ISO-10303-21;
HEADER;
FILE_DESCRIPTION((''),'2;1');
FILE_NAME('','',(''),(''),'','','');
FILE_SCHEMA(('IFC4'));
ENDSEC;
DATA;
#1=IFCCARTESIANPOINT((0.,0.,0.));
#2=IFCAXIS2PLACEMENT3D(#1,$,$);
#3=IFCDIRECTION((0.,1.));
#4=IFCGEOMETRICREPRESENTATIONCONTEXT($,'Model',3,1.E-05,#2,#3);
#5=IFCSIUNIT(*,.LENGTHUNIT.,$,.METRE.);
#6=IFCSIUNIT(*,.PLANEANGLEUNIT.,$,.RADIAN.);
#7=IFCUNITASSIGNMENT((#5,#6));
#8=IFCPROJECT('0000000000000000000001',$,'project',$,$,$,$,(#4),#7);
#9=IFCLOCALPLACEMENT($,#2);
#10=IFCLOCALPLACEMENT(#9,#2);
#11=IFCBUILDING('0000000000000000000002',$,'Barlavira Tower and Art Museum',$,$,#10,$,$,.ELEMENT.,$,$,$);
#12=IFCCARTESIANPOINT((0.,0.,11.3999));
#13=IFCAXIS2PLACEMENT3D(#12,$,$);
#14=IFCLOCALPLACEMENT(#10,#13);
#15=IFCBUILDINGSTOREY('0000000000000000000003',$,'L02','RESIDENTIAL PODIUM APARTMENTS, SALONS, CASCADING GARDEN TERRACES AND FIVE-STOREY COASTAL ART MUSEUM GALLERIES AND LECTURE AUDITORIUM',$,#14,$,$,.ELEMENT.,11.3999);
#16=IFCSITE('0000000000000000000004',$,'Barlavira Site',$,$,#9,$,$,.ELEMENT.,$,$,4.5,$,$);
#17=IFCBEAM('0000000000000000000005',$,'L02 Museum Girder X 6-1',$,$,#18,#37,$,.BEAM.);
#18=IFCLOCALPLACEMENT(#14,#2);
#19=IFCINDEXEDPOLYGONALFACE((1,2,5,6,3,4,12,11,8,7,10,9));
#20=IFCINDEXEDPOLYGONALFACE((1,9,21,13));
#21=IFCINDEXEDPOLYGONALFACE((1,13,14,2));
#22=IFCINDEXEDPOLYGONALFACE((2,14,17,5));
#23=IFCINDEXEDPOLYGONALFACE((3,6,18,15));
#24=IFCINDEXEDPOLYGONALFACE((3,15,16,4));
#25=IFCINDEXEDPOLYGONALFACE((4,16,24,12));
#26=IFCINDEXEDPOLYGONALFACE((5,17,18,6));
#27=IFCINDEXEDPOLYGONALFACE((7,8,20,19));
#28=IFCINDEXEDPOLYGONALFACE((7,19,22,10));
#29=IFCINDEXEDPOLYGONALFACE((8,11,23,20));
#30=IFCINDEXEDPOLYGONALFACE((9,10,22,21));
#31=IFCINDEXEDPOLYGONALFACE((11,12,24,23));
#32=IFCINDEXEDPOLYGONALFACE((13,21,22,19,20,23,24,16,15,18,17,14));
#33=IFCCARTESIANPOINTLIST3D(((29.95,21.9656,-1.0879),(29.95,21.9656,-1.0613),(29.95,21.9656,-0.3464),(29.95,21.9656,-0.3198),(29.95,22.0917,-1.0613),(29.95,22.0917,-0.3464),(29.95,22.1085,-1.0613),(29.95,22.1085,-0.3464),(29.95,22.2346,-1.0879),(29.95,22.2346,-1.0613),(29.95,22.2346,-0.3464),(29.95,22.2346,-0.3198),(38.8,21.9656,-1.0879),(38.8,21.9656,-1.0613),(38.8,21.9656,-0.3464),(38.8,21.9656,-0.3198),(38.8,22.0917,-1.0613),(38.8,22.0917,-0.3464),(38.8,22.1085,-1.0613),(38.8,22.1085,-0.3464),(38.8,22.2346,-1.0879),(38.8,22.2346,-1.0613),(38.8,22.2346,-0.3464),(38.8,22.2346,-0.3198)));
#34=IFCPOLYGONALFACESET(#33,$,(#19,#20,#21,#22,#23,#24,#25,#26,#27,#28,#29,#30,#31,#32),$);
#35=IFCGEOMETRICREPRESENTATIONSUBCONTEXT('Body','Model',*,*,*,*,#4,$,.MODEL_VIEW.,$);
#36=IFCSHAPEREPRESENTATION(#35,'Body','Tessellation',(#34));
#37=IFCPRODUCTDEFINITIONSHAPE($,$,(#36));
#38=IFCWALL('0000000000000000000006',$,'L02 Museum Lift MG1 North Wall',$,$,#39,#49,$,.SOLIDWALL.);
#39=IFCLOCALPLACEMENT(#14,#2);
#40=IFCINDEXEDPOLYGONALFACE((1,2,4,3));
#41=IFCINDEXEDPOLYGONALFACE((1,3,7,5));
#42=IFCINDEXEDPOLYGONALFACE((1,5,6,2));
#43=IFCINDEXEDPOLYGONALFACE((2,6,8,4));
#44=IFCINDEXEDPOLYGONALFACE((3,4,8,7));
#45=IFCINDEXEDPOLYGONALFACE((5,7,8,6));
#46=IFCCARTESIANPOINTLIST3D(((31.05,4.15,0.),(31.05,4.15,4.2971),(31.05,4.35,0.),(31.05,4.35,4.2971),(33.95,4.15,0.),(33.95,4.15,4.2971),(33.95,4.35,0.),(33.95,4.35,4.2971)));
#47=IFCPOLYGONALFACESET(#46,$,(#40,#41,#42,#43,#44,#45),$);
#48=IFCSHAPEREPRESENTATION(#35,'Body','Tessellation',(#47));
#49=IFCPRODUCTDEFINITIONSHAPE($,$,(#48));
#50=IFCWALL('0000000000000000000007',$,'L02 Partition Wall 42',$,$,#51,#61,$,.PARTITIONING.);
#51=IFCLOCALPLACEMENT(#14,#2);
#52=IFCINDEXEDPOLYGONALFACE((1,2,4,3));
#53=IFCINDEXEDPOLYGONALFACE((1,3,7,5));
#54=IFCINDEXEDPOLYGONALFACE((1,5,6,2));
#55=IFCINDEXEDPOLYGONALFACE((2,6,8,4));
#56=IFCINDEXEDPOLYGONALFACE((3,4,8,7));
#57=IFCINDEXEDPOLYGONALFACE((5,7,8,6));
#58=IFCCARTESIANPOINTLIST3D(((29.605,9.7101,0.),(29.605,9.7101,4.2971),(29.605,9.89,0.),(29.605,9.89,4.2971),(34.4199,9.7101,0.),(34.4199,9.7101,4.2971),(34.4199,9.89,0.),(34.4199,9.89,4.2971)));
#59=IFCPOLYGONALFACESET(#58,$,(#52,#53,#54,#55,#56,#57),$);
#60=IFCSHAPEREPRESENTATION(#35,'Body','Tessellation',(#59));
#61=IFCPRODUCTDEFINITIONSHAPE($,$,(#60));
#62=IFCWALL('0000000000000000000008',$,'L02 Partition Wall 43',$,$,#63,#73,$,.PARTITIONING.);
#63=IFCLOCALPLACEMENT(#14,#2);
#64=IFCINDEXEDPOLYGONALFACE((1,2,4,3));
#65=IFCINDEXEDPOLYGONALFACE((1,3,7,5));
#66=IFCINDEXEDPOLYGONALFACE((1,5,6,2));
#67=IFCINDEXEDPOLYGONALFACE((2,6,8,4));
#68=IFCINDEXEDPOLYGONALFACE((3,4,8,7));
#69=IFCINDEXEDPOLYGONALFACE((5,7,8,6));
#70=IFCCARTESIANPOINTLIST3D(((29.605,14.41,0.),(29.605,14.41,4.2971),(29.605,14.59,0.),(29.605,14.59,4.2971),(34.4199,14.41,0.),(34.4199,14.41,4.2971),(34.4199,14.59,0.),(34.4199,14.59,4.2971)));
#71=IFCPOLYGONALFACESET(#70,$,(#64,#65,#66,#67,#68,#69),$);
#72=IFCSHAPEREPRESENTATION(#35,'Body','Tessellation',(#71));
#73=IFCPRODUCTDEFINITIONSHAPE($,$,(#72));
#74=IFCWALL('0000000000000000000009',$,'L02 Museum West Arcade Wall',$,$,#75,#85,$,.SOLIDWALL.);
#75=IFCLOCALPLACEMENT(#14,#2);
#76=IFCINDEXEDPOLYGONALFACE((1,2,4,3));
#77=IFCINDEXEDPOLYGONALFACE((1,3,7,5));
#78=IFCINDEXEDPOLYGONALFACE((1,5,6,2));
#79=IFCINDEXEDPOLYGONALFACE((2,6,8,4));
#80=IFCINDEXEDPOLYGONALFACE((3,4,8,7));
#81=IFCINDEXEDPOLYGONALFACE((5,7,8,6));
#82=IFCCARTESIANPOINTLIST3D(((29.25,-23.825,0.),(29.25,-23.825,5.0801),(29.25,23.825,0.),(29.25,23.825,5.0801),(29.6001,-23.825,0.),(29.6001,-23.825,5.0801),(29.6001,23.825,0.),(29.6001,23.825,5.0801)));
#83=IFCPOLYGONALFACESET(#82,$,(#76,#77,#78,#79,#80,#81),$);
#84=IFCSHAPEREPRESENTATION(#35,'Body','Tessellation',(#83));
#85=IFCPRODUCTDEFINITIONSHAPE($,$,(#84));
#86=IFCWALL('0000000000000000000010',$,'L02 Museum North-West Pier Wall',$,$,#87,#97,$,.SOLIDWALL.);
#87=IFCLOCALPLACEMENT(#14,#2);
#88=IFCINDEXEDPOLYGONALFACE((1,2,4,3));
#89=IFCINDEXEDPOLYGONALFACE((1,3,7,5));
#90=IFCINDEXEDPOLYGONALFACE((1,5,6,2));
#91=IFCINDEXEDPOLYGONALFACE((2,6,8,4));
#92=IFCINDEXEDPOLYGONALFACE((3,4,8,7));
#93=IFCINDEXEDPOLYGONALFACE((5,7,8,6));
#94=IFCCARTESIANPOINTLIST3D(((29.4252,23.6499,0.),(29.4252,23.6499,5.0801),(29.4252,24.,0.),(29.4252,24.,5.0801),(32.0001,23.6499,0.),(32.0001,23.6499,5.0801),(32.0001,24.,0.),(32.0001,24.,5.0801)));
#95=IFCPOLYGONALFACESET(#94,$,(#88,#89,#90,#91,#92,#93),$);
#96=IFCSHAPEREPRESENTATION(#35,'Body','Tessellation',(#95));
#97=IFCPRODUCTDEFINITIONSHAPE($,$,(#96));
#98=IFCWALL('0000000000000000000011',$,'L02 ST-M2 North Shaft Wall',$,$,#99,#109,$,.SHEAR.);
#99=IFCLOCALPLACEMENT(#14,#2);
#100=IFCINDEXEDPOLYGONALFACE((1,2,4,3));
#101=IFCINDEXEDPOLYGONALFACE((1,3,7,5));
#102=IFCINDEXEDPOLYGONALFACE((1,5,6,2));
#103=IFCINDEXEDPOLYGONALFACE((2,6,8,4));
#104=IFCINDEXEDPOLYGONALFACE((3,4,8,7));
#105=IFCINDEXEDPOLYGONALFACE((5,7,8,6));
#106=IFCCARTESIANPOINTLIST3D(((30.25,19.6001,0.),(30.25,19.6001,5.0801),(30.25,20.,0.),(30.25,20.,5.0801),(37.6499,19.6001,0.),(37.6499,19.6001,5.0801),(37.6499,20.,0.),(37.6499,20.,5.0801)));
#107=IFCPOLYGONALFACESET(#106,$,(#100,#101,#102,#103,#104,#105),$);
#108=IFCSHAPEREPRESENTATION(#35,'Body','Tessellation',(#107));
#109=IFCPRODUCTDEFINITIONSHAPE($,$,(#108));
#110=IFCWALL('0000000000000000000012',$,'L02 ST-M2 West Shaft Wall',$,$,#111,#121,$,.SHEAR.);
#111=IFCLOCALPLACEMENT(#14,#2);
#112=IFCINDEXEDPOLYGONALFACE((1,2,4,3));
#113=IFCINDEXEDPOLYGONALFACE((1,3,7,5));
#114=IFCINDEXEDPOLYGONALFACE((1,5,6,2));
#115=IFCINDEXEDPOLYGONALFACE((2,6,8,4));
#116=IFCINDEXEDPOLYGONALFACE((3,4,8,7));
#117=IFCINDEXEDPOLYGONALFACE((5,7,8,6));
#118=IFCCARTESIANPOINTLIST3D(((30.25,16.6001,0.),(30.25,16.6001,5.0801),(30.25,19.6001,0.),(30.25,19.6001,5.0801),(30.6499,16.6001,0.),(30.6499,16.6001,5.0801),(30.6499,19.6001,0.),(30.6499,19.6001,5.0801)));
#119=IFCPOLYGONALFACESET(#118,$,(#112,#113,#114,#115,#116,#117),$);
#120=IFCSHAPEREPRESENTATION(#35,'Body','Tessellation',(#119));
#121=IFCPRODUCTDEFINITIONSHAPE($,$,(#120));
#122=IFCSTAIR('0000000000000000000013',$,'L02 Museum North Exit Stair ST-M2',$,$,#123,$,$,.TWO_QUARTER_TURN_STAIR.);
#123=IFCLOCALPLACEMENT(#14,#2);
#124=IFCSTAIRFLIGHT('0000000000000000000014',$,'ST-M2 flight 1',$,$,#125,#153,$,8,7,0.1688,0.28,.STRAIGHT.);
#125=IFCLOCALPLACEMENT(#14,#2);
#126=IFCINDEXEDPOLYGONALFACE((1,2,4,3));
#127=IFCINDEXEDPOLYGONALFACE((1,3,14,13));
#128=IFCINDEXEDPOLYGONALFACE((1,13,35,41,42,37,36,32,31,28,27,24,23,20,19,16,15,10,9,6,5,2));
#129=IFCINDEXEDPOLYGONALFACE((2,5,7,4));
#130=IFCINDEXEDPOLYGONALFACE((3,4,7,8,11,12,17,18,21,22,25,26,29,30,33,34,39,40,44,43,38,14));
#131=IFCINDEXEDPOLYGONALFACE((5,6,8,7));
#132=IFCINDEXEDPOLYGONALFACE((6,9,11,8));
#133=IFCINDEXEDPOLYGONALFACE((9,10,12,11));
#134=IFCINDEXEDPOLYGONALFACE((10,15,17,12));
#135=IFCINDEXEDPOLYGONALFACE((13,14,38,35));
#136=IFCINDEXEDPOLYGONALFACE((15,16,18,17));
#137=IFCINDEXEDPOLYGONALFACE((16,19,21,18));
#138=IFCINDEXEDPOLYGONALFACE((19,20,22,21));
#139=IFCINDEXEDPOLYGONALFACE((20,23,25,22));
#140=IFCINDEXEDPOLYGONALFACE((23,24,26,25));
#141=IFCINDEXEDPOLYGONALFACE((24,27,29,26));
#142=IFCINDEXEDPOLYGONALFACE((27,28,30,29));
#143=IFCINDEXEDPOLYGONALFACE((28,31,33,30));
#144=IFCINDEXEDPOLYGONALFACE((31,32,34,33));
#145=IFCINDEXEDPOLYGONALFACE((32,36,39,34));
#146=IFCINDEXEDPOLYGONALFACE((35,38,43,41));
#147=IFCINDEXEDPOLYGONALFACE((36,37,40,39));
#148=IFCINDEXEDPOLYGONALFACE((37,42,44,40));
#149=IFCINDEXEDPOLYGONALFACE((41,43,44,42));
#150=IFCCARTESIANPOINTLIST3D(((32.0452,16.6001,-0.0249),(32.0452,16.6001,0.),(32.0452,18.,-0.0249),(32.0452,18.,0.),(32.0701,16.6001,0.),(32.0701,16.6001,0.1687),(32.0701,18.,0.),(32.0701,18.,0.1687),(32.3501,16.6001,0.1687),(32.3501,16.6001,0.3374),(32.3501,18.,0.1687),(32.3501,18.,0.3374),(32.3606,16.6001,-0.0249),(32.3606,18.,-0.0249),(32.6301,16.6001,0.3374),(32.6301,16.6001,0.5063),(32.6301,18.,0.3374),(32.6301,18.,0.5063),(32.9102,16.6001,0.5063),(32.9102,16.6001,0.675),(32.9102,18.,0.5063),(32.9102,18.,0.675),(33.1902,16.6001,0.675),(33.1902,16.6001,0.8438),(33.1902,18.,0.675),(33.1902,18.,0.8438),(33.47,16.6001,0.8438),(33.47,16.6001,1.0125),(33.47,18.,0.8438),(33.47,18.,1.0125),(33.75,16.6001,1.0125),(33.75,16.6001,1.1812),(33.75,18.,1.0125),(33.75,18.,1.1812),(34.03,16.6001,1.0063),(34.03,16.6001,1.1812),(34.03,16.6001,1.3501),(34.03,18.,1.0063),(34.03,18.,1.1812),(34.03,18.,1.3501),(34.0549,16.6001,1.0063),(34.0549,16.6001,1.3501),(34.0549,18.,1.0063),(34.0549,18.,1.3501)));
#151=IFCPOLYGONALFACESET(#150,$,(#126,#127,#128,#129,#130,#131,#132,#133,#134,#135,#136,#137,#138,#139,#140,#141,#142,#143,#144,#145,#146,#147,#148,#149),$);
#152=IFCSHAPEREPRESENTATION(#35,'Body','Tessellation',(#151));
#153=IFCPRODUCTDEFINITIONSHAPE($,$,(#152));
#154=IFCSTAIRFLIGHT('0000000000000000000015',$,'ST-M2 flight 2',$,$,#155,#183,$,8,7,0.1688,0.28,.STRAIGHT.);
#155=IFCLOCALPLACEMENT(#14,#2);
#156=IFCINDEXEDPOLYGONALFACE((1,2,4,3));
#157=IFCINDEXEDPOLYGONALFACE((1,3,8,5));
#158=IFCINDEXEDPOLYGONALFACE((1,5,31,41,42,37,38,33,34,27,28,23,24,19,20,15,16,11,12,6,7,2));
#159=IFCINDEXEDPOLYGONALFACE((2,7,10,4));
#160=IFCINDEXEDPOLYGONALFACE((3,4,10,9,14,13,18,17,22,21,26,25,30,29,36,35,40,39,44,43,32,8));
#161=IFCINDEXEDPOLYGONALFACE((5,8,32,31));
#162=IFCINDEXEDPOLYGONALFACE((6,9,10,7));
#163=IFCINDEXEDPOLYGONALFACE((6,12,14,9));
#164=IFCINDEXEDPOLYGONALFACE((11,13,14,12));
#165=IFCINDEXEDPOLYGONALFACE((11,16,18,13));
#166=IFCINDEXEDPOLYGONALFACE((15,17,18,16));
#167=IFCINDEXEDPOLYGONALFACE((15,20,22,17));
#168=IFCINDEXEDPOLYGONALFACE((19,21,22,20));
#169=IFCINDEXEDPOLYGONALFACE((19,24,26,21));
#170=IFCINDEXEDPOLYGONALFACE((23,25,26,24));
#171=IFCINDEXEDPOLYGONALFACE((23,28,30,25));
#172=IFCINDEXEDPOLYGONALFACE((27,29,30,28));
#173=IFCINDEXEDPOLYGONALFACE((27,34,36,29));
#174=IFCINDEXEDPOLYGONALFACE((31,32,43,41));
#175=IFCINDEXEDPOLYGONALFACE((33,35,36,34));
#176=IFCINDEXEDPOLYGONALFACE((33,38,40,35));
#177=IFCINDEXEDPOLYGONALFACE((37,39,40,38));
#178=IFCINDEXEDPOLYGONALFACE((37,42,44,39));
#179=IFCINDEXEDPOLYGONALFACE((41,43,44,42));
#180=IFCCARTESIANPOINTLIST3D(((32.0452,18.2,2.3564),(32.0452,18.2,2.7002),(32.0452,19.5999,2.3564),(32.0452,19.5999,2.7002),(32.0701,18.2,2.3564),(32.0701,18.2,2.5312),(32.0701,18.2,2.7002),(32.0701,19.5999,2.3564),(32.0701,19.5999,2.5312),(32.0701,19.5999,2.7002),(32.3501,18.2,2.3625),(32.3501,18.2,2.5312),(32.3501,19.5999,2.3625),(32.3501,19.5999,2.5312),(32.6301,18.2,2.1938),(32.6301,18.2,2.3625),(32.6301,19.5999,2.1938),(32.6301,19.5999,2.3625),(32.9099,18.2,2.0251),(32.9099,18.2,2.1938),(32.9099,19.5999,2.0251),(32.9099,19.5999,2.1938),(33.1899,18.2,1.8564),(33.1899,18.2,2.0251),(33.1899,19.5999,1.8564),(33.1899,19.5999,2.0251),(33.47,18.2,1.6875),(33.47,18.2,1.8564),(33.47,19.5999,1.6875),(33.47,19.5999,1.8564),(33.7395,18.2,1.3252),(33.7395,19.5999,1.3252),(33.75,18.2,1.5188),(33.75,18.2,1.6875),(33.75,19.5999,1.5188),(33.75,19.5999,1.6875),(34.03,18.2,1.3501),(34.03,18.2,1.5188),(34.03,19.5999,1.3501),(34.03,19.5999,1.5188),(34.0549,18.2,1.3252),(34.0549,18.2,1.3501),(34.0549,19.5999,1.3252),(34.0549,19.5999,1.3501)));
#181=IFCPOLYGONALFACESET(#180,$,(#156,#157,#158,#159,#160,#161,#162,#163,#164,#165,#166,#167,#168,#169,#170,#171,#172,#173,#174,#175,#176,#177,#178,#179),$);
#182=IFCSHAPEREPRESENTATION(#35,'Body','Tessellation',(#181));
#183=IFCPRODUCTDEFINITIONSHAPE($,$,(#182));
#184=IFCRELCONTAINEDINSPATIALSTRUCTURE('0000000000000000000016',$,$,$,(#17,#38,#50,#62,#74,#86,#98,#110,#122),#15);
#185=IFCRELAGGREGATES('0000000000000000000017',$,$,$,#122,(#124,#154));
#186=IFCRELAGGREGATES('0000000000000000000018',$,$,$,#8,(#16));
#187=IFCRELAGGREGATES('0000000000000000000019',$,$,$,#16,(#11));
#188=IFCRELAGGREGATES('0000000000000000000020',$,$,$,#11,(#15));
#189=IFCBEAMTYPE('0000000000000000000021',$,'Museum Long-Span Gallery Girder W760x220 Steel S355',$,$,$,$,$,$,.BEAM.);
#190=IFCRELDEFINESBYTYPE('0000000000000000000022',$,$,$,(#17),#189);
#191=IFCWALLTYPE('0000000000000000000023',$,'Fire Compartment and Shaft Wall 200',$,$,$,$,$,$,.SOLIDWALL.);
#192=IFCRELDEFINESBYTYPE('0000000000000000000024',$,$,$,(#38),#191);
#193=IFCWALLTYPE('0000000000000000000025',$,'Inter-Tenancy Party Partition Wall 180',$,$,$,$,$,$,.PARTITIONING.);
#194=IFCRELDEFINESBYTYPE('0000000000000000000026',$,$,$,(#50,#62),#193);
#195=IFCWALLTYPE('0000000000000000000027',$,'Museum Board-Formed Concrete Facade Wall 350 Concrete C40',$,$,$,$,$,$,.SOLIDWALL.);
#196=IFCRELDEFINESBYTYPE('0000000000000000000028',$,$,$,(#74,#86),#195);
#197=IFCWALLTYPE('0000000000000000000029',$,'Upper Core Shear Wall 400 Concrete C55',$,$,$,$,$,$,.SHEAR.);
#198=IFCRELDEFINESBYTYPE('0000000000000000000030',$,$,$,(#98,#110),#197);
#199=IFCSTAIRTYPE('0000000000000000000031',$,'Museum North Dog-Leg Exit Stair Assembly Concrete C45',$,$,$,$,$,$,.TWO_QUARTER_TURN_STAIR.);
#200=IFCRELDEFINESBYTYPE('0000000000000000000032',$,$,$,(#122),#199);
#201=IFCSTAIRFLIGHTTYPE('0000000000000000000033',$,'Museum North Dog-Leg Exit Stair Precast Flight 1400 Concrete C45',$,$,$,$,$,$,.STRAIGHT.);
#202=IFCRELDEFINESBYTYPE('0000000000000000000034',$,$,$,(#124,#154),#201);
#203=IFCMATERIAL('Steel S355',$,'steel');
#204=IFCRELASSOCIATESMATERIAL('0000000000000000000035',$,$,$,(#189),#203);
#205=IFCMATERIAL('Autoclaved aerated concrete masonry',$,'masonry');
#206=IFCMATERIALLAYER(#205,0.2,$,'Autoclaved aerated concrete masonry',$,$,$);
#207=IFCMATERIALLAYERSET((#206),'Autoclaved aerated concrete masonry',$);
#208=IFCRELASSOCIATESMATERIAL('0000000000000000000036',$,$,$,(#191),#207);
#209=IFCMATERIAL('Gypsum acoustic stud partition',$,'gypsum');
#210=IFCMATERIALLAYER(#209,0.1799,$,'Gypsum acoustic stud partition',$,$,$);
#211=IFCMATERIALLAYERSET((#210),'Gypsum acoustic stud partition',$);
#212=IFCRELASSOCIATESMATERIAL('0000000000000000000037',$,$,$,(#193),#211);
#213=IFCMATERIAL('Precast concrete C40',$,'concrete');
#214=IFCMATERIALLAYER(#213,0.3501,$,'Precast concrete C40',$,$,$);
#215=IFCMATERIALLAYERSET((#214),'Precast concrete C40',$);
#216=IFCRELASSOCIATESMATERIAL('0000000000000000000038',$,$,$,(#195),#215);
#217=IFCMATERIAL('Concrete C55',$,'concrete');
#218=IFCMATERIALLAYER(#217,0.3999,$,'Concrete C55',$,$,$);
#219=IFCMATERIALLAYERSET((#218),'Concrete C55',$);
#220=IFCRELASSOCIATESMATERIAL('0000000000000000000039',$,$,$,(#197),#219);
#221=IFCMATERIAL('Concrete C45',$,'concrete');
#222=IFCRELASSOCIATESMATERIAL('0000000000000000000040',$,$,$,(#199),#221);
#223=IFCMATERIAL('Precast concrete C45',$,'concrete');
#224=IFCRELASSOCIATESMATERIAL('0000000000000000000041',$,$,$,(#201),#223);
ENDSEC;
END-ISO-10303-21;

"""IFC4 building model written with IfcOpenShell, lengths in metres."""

from ifc_helpers import new_model, si_unit, direction, frame, frame_2d, origin, origin_2d, place, context, subcontext, project, spatial, polyline, rectangle, i_section, outline, extrude, material, layer, layer_set, material_profile, profile_set, type_object, element, aggregate, save


model = new_model("IFC4")

# Units and contexts
model_context = context("Model", 3, precision=1e-05, world=origin(), true_north=direction((0.0, 1.0)))
body_context = subcontext(model_context, "Body", "Model", "MODEL_VIEW")
ifc_project = project(units=[si_unit("LENGTHUNIT", "METRE"), si_unit("PLANEANGLEUNIT", "RADIAN")], contexts=[model_context])

# Site, building, storey
site_placement = place(None, origin())
site = spatial("IfcSite", under=ifc_project, at=site_placement, Name="Barlavira Site", CompositionType="ELEMENT", RefElevation=4.5)
building_placement = place(site_placement, origin())
building = spatial("IfcBuilding", under=site, at=building_placement, Name="Barlavira Tower and Art Museum", CompositionType="ELEMENT")
storey_placement = place(building_placement, frame((0.0, 0.0, 11.3999)))
storey = spatial("IfcBuildingStorey", under=building, at=storey_placement, Name="L02", Description="RESIDENTIAL PODIUM APARTMENTS, SALONS, CASCADING GARDEN TERRACES AND FIVE-STOREY COASTAL ART MUSEUM GALLERIES AND LECTURE AUDITORIUM", CompositionType="ELEMENT", Elevation=11.3999)

# Shared definitions
ifc_material_1 = material(Name="Steel S355", Category="steel")

# Beam
ifc_material_profile_1 = material_profile(ifc_material_1, i_section(OverallWidth=0.269, OverallDepth=0.7681, WebThickness=0.0168, FlangeThickness=0.0266, at=origin_2d()), Name="W760x220.0")
ifc_profile_set_1 = profile_set([ifc_material_profile_1], Name="Steel S355")
beam_type_1 = type_object("IfcBeamType", Name="Museum Long-Span Gallery Girder W760x220 Steel S355", PredefinedType="BEAM", material=ifc_profile_set_1)
for number, where, z_axis, x_axis, name in (
    (1, (29.95, 22.1001, -0.7039), (1.0, 0.0, 0.0), (0.0, 1.0, 0.0), "L02 Museum Girder X 6-1"),
):
    element("IfcBeam", number, at=place(storey_placement, frame(where, z_axis=z_axis, x_axis=x_axis)), inside=storey, type_object=beam_type_1, Name=name, PredefinedType="BEAM", context=body_context, shape_type="SweptSolid", body=[
        extrude(i_section(OverallWidth=0.269, OverallDepth=0.7681, WebThickness=0.0168, FlangeThickness=0.0266, at=origin_2d()), origin(), (0.0, 0.0, 1.0), 8.8501),
    ])

# Walls
ifc_material_2 = material(Name="Autoclaved aerated concrete masonry", Category="masonry")
ifc_layer_1 = layer(ifc_material_2, 0.2, Name="Autoclaved aerated concrete masonry")
ifc_layer_set_1 = layer_set([ifc_layer_1], Name="Autoclaved aerated concrete masonry")
wall_type_1 = type_object("IfcWallType", Name="Fire Compartment and Shaft Wall 200", PredefinedType="SOLIDWALL", material=ifc_layer_set_1)
wall_1_placement = place(storey_placement, frame((31.05, 4.25, 0.0), z_axis=(0.0, 0.0, 1.0), x_axis=(1.0, 0.0, 0.0)))
element("IfcWall", 2, at=wall_1_placement, inside=storey, type_object=wall_type_1, Name="L02 Museum Lift MG1 North Wall", PredefinedType="SOLIDWALL", context=body_context, shape_type="SweptSolid", body=[
    extrude(rectangle(XDim=2.8999, YDim=0.2, at=frame_2d((1.45, 0.0))), origin(), (0.0, 0.0, 1.0), 4.2971),
])
ifc_material_3 = material(Name="Gypsum acoustic stud partition", Category="gypsum")
ifc_layer_2 = layer(ifc_material_3, 0.1799, Name="Gypsum acoustic stud partition")
ifc_layer_set_2 = layer_set([ifc_layer_2], Name="Gypsum acoustic stud partition")
wall_type_2 = type_object("IfcWallType", Name="Inter-Tenancy Party Partition Wall 180", PredefinedType="PARTITIONING", material=ifc_layer_set_2)
for number, where, z_axis, x_axis, name in (
    (3, (29.605, 9.8, 0.0), (0.0, 0.0, 1.0), (1.0, 0.0, 0.0), "L02 Partition Wall 42"),
    (4, (29.605, 14.5, 0.0), (0.0, 0.0, 1.0), (1.0, 0.0, 0.0), "L02 Partition Wall 43"),
):
    element("IfcWall", number, at=place(storey_placement, frame(where, z_axis=z_axis, x_axis=x_axis)), inside=storey, type_object=wall_type_2, Name=name, PredefinedType="PARTITIONING", context=body_context, shape_type="SweptSolid", body=[
        extrude(rectangle(XDim=4.8149, YDim=0.1799, at=frame_2d((2.4075, 0.0))), origin(), (0.0, 0.0, 1.0), 4.2971),
    ])
ifc_material_4 = material(Name="Precast concrete C40", Category="concrete")
ifc_layer_3 = layer(ifc_material_4, 0.3501, Name="Precast concrete C40")
ifc_layer_set_3 = layer_set([ifc_layer_3], Name="Precast concrete C40")
wall_type_3 = type_object("IfcWallType", Name="Museum Board-Formed Concrete Facade Wall 350 Concrete C40", PredefinedType="SOLIDWALL", material=ifc_layer_set_3)
wall_2_placement = place(storey_placement, frame((29.425, 23.825, 0.0), z_axis=(0.0, 0.0, 1.0), x_axis=(0.0, -1.0, 0.0)))
element("IfcWall", 5, at=wall_2_placement, inside=storey, type_object=wall_type_3, Name="L02 Museum West Arcade Wall", PredefinedType="SOLIDWALL", context=body_context, shape_type="SweptSolid", body=[
    extrude(rectangle(XDim=47.6499, YDim=0.3501, at=frame_2d((23.825, 0.0))), origin(), (0.0, 0.0, 1.0), 5.0801),
])
wall_3_placement = place(storey_placement, frame((29.425, 23.825, 0.0), z_axis=(0.0, 0.0, 1.0), x_axis=(1.0, 0.0, 0.0)))
element("IfcWall", 6, at=wall_3_placement, inside=storey, type_object=wall_type_3, Name="L02 Museum North-West Pier Wall", PredefinedType="SOLIDWALL", context=body_context, shape_type="SweptSolid", body=[
    extrude(rectangle(XDim=2.575, YDim=0.3501, at=frame_2d((1.2876, 0.0))), origin(), (0.0, 0.0, 1.0), 5.0801),
])
ifc_material_5 = material(Name="Concrete C55", Category="concrete")
ifc_layer_4 = layer(ifc_material_5, 0.3999, Name="Concrete C55")
ifc_layer_set_4 = layer_set([ifc_layer_4], Name="Concrete C55")
wall_type_4 = type_object("IfcWallType", Name="Upper Core Shear Wall 400 Concrete C55", PredefinedType="SHEAR", material=ifc_layer_set_4)
wall_4_placement = place(storey_placement, frame((30.25, 19.8, 0.0), z_axis=(0.0, 0.0, 1.0), x_axis=(1.0, 0.0, 0.0)))
element("IfcWall", 7, at=wall_4_placement, inside=storey, type_object=wall_type_4, Name="L02 ST-M2 North Shaft Wall", PredefinedType="SHEAR", context=body_context, shape_type="SweptSolid", body=[
    extrude(rectangle(XDim=7.3999, YDim=0.3999, at=frame_2d((3.7, 0.0))), origin(), (0.0, 0.0, 1.0), 5.0801),
])
wall_5_placement = place(storey_placement, frame((30.45, 16.6001, 0.0), z_axis=(0.0, 0.0, 1.0), x_axis=(0.0, 1.0, 0.0)))
element("IfcWall", 8, at=wall_5_placement, inside=storey, type_object=wall_type_4, Name="L02 ST-M2 West Shaft Wall", PredefinedType="SHEAR", context=body_context, shape_type="SweptSolid", body=[
    extrude(rectangle(XDim=3.0, YDim=0.3999, at=frame_2d((1.5, 0.0))), origin(), (0.0, 0.0, 1.0), 5.0801),
])

# Stair, stair flights
ifc_material_6 = material(Name="Concrete C45", Category="concrete")
stair_type = type_object("IfcStairType", Name="Museum North Dog-Leg Exit Stair Assembly Concrete C45", PredefinedType="TWO_QUARTER_TURN_STAIR", material=ifc_material_6)
stair_placement = place(storey_placement, origin())
stair = element("IfcStair", 9, at=stair_placement, inside=storey, type_object=stair_type, Name="L02 Museum North Exit Stair ST-M2", PredefinedType="TWO_QUARTER_TURN_STAIR")
ifc_material_7 = material(Name="Precast concrete C45", Category="concrete")
stair_flight_type = type_object("IfcStairFlightType", Name="Museum North Dog-Leg Exit Stair Precast Flight 1400 Concrete C45", PredefinedType="STRAIGHT", material=ifc_material_7)
stair_flight_1_placement = place(storey_placement, frame((32.0701, 17.3, 0.0), z_axis=(0.0, 0.0, 1.0), x_axis=(1.0, 0.0, 0.0)))
stair_flight_1 = element("IfcStairFlight", 10, at=stair_flight_1_placement, type_object=stair_flight_type, Name="ST-M2 flight 1", NumberOfRisers=8, NumberOfTreads=7, PredefinedType="STRAIGHT", RiserHeight=0.1688, TreadLength=0.28, context=body_context, shape_type="SweptSolid", body=[
    extrude(outline(polyline([(-0.0249, 0.0), (0.0, 0.0), (0.0, 0.1687), (0.28, 0.1687), (0.28, 0.3374), (0.5601, 0.3374), (0.5601, 0.5063), (0.8401, 0.5063), (0.8401, 0.675), (1.1201, 0.675), (1.1201, 0.8438), (1.3999, 0.8438), (1.3999, 1.0125), (1.6799, 1.0125), (1.6799, 1.1812), (1.96, 1.1812), (1.96, 1.3501), (1.9849, 1.3501), (1.9849, 1.0063), (1.96, 1.0063), (0.2905, -0.0249), (-0.0249, -0.0249), (-0.0249, 0.0)])), frame((0.0, 0.7, 0.0), z_axis=(0.0, -1.0, 0.0), x_axis=(1.0, 0.0, 0.0)), (0.0, 0.0, 1.0), 1.3999),
])
stair_flight_2_placement = place(storey_placement, frame((34.03, 18.8999, 1.3501), z_axis=(0.0, 0.0, 1.0), x_axis=(-1.0, 0.0, 0.0)))
stair_flight_2 = element("IfcStairFlight", 11, at=stair_flight_2_placement, type_object=stair_flight_type, Name="ST-M2 flight 2", NumberOfRisers=8, NumberOfTreads=7, PredefinedType="STRAIGHT", RiserHeight=0.1688, TreadLength=0.28, context=body_context, shape_type="SweptSolid", body=[
    extrude(outline(polyline([(-0.0249, 0.0), (0.0, 0.0), (0.0, 0.1687), (0.28, 0.1687), (0.28, 0.3374), (0.5601, 0.3374), (0.5601, 0.5063), (0.8401, 0.5063), (0.8401, 0.675), (1.1201, 0.675), (1.1201, 0.8438), (1.3999, 0.8438), (1.3999, 1.0125), (1.6799, 1.0125), (1.6799, 1.1812), (1.96, 1.1812), (1.96, 1.3501), (1.9849, 1.3501), (1.9849, 1.0063), (1.96, 1.0063), (0.2905, -0.0249), (-0.0249, -0.0249), (-0.0249, 0.0)])), frame((0.0, 0.7, 0.0), z_axis=(0.0, -1.0, 0.0), x_axis=(1.0, 0.0, 0.0)), (0.0, 0.0, 1.0), 1.3999),
])
aggregate(stair, [stair_flight_1, stair_flight_2])

save(model, "model.ifc")
